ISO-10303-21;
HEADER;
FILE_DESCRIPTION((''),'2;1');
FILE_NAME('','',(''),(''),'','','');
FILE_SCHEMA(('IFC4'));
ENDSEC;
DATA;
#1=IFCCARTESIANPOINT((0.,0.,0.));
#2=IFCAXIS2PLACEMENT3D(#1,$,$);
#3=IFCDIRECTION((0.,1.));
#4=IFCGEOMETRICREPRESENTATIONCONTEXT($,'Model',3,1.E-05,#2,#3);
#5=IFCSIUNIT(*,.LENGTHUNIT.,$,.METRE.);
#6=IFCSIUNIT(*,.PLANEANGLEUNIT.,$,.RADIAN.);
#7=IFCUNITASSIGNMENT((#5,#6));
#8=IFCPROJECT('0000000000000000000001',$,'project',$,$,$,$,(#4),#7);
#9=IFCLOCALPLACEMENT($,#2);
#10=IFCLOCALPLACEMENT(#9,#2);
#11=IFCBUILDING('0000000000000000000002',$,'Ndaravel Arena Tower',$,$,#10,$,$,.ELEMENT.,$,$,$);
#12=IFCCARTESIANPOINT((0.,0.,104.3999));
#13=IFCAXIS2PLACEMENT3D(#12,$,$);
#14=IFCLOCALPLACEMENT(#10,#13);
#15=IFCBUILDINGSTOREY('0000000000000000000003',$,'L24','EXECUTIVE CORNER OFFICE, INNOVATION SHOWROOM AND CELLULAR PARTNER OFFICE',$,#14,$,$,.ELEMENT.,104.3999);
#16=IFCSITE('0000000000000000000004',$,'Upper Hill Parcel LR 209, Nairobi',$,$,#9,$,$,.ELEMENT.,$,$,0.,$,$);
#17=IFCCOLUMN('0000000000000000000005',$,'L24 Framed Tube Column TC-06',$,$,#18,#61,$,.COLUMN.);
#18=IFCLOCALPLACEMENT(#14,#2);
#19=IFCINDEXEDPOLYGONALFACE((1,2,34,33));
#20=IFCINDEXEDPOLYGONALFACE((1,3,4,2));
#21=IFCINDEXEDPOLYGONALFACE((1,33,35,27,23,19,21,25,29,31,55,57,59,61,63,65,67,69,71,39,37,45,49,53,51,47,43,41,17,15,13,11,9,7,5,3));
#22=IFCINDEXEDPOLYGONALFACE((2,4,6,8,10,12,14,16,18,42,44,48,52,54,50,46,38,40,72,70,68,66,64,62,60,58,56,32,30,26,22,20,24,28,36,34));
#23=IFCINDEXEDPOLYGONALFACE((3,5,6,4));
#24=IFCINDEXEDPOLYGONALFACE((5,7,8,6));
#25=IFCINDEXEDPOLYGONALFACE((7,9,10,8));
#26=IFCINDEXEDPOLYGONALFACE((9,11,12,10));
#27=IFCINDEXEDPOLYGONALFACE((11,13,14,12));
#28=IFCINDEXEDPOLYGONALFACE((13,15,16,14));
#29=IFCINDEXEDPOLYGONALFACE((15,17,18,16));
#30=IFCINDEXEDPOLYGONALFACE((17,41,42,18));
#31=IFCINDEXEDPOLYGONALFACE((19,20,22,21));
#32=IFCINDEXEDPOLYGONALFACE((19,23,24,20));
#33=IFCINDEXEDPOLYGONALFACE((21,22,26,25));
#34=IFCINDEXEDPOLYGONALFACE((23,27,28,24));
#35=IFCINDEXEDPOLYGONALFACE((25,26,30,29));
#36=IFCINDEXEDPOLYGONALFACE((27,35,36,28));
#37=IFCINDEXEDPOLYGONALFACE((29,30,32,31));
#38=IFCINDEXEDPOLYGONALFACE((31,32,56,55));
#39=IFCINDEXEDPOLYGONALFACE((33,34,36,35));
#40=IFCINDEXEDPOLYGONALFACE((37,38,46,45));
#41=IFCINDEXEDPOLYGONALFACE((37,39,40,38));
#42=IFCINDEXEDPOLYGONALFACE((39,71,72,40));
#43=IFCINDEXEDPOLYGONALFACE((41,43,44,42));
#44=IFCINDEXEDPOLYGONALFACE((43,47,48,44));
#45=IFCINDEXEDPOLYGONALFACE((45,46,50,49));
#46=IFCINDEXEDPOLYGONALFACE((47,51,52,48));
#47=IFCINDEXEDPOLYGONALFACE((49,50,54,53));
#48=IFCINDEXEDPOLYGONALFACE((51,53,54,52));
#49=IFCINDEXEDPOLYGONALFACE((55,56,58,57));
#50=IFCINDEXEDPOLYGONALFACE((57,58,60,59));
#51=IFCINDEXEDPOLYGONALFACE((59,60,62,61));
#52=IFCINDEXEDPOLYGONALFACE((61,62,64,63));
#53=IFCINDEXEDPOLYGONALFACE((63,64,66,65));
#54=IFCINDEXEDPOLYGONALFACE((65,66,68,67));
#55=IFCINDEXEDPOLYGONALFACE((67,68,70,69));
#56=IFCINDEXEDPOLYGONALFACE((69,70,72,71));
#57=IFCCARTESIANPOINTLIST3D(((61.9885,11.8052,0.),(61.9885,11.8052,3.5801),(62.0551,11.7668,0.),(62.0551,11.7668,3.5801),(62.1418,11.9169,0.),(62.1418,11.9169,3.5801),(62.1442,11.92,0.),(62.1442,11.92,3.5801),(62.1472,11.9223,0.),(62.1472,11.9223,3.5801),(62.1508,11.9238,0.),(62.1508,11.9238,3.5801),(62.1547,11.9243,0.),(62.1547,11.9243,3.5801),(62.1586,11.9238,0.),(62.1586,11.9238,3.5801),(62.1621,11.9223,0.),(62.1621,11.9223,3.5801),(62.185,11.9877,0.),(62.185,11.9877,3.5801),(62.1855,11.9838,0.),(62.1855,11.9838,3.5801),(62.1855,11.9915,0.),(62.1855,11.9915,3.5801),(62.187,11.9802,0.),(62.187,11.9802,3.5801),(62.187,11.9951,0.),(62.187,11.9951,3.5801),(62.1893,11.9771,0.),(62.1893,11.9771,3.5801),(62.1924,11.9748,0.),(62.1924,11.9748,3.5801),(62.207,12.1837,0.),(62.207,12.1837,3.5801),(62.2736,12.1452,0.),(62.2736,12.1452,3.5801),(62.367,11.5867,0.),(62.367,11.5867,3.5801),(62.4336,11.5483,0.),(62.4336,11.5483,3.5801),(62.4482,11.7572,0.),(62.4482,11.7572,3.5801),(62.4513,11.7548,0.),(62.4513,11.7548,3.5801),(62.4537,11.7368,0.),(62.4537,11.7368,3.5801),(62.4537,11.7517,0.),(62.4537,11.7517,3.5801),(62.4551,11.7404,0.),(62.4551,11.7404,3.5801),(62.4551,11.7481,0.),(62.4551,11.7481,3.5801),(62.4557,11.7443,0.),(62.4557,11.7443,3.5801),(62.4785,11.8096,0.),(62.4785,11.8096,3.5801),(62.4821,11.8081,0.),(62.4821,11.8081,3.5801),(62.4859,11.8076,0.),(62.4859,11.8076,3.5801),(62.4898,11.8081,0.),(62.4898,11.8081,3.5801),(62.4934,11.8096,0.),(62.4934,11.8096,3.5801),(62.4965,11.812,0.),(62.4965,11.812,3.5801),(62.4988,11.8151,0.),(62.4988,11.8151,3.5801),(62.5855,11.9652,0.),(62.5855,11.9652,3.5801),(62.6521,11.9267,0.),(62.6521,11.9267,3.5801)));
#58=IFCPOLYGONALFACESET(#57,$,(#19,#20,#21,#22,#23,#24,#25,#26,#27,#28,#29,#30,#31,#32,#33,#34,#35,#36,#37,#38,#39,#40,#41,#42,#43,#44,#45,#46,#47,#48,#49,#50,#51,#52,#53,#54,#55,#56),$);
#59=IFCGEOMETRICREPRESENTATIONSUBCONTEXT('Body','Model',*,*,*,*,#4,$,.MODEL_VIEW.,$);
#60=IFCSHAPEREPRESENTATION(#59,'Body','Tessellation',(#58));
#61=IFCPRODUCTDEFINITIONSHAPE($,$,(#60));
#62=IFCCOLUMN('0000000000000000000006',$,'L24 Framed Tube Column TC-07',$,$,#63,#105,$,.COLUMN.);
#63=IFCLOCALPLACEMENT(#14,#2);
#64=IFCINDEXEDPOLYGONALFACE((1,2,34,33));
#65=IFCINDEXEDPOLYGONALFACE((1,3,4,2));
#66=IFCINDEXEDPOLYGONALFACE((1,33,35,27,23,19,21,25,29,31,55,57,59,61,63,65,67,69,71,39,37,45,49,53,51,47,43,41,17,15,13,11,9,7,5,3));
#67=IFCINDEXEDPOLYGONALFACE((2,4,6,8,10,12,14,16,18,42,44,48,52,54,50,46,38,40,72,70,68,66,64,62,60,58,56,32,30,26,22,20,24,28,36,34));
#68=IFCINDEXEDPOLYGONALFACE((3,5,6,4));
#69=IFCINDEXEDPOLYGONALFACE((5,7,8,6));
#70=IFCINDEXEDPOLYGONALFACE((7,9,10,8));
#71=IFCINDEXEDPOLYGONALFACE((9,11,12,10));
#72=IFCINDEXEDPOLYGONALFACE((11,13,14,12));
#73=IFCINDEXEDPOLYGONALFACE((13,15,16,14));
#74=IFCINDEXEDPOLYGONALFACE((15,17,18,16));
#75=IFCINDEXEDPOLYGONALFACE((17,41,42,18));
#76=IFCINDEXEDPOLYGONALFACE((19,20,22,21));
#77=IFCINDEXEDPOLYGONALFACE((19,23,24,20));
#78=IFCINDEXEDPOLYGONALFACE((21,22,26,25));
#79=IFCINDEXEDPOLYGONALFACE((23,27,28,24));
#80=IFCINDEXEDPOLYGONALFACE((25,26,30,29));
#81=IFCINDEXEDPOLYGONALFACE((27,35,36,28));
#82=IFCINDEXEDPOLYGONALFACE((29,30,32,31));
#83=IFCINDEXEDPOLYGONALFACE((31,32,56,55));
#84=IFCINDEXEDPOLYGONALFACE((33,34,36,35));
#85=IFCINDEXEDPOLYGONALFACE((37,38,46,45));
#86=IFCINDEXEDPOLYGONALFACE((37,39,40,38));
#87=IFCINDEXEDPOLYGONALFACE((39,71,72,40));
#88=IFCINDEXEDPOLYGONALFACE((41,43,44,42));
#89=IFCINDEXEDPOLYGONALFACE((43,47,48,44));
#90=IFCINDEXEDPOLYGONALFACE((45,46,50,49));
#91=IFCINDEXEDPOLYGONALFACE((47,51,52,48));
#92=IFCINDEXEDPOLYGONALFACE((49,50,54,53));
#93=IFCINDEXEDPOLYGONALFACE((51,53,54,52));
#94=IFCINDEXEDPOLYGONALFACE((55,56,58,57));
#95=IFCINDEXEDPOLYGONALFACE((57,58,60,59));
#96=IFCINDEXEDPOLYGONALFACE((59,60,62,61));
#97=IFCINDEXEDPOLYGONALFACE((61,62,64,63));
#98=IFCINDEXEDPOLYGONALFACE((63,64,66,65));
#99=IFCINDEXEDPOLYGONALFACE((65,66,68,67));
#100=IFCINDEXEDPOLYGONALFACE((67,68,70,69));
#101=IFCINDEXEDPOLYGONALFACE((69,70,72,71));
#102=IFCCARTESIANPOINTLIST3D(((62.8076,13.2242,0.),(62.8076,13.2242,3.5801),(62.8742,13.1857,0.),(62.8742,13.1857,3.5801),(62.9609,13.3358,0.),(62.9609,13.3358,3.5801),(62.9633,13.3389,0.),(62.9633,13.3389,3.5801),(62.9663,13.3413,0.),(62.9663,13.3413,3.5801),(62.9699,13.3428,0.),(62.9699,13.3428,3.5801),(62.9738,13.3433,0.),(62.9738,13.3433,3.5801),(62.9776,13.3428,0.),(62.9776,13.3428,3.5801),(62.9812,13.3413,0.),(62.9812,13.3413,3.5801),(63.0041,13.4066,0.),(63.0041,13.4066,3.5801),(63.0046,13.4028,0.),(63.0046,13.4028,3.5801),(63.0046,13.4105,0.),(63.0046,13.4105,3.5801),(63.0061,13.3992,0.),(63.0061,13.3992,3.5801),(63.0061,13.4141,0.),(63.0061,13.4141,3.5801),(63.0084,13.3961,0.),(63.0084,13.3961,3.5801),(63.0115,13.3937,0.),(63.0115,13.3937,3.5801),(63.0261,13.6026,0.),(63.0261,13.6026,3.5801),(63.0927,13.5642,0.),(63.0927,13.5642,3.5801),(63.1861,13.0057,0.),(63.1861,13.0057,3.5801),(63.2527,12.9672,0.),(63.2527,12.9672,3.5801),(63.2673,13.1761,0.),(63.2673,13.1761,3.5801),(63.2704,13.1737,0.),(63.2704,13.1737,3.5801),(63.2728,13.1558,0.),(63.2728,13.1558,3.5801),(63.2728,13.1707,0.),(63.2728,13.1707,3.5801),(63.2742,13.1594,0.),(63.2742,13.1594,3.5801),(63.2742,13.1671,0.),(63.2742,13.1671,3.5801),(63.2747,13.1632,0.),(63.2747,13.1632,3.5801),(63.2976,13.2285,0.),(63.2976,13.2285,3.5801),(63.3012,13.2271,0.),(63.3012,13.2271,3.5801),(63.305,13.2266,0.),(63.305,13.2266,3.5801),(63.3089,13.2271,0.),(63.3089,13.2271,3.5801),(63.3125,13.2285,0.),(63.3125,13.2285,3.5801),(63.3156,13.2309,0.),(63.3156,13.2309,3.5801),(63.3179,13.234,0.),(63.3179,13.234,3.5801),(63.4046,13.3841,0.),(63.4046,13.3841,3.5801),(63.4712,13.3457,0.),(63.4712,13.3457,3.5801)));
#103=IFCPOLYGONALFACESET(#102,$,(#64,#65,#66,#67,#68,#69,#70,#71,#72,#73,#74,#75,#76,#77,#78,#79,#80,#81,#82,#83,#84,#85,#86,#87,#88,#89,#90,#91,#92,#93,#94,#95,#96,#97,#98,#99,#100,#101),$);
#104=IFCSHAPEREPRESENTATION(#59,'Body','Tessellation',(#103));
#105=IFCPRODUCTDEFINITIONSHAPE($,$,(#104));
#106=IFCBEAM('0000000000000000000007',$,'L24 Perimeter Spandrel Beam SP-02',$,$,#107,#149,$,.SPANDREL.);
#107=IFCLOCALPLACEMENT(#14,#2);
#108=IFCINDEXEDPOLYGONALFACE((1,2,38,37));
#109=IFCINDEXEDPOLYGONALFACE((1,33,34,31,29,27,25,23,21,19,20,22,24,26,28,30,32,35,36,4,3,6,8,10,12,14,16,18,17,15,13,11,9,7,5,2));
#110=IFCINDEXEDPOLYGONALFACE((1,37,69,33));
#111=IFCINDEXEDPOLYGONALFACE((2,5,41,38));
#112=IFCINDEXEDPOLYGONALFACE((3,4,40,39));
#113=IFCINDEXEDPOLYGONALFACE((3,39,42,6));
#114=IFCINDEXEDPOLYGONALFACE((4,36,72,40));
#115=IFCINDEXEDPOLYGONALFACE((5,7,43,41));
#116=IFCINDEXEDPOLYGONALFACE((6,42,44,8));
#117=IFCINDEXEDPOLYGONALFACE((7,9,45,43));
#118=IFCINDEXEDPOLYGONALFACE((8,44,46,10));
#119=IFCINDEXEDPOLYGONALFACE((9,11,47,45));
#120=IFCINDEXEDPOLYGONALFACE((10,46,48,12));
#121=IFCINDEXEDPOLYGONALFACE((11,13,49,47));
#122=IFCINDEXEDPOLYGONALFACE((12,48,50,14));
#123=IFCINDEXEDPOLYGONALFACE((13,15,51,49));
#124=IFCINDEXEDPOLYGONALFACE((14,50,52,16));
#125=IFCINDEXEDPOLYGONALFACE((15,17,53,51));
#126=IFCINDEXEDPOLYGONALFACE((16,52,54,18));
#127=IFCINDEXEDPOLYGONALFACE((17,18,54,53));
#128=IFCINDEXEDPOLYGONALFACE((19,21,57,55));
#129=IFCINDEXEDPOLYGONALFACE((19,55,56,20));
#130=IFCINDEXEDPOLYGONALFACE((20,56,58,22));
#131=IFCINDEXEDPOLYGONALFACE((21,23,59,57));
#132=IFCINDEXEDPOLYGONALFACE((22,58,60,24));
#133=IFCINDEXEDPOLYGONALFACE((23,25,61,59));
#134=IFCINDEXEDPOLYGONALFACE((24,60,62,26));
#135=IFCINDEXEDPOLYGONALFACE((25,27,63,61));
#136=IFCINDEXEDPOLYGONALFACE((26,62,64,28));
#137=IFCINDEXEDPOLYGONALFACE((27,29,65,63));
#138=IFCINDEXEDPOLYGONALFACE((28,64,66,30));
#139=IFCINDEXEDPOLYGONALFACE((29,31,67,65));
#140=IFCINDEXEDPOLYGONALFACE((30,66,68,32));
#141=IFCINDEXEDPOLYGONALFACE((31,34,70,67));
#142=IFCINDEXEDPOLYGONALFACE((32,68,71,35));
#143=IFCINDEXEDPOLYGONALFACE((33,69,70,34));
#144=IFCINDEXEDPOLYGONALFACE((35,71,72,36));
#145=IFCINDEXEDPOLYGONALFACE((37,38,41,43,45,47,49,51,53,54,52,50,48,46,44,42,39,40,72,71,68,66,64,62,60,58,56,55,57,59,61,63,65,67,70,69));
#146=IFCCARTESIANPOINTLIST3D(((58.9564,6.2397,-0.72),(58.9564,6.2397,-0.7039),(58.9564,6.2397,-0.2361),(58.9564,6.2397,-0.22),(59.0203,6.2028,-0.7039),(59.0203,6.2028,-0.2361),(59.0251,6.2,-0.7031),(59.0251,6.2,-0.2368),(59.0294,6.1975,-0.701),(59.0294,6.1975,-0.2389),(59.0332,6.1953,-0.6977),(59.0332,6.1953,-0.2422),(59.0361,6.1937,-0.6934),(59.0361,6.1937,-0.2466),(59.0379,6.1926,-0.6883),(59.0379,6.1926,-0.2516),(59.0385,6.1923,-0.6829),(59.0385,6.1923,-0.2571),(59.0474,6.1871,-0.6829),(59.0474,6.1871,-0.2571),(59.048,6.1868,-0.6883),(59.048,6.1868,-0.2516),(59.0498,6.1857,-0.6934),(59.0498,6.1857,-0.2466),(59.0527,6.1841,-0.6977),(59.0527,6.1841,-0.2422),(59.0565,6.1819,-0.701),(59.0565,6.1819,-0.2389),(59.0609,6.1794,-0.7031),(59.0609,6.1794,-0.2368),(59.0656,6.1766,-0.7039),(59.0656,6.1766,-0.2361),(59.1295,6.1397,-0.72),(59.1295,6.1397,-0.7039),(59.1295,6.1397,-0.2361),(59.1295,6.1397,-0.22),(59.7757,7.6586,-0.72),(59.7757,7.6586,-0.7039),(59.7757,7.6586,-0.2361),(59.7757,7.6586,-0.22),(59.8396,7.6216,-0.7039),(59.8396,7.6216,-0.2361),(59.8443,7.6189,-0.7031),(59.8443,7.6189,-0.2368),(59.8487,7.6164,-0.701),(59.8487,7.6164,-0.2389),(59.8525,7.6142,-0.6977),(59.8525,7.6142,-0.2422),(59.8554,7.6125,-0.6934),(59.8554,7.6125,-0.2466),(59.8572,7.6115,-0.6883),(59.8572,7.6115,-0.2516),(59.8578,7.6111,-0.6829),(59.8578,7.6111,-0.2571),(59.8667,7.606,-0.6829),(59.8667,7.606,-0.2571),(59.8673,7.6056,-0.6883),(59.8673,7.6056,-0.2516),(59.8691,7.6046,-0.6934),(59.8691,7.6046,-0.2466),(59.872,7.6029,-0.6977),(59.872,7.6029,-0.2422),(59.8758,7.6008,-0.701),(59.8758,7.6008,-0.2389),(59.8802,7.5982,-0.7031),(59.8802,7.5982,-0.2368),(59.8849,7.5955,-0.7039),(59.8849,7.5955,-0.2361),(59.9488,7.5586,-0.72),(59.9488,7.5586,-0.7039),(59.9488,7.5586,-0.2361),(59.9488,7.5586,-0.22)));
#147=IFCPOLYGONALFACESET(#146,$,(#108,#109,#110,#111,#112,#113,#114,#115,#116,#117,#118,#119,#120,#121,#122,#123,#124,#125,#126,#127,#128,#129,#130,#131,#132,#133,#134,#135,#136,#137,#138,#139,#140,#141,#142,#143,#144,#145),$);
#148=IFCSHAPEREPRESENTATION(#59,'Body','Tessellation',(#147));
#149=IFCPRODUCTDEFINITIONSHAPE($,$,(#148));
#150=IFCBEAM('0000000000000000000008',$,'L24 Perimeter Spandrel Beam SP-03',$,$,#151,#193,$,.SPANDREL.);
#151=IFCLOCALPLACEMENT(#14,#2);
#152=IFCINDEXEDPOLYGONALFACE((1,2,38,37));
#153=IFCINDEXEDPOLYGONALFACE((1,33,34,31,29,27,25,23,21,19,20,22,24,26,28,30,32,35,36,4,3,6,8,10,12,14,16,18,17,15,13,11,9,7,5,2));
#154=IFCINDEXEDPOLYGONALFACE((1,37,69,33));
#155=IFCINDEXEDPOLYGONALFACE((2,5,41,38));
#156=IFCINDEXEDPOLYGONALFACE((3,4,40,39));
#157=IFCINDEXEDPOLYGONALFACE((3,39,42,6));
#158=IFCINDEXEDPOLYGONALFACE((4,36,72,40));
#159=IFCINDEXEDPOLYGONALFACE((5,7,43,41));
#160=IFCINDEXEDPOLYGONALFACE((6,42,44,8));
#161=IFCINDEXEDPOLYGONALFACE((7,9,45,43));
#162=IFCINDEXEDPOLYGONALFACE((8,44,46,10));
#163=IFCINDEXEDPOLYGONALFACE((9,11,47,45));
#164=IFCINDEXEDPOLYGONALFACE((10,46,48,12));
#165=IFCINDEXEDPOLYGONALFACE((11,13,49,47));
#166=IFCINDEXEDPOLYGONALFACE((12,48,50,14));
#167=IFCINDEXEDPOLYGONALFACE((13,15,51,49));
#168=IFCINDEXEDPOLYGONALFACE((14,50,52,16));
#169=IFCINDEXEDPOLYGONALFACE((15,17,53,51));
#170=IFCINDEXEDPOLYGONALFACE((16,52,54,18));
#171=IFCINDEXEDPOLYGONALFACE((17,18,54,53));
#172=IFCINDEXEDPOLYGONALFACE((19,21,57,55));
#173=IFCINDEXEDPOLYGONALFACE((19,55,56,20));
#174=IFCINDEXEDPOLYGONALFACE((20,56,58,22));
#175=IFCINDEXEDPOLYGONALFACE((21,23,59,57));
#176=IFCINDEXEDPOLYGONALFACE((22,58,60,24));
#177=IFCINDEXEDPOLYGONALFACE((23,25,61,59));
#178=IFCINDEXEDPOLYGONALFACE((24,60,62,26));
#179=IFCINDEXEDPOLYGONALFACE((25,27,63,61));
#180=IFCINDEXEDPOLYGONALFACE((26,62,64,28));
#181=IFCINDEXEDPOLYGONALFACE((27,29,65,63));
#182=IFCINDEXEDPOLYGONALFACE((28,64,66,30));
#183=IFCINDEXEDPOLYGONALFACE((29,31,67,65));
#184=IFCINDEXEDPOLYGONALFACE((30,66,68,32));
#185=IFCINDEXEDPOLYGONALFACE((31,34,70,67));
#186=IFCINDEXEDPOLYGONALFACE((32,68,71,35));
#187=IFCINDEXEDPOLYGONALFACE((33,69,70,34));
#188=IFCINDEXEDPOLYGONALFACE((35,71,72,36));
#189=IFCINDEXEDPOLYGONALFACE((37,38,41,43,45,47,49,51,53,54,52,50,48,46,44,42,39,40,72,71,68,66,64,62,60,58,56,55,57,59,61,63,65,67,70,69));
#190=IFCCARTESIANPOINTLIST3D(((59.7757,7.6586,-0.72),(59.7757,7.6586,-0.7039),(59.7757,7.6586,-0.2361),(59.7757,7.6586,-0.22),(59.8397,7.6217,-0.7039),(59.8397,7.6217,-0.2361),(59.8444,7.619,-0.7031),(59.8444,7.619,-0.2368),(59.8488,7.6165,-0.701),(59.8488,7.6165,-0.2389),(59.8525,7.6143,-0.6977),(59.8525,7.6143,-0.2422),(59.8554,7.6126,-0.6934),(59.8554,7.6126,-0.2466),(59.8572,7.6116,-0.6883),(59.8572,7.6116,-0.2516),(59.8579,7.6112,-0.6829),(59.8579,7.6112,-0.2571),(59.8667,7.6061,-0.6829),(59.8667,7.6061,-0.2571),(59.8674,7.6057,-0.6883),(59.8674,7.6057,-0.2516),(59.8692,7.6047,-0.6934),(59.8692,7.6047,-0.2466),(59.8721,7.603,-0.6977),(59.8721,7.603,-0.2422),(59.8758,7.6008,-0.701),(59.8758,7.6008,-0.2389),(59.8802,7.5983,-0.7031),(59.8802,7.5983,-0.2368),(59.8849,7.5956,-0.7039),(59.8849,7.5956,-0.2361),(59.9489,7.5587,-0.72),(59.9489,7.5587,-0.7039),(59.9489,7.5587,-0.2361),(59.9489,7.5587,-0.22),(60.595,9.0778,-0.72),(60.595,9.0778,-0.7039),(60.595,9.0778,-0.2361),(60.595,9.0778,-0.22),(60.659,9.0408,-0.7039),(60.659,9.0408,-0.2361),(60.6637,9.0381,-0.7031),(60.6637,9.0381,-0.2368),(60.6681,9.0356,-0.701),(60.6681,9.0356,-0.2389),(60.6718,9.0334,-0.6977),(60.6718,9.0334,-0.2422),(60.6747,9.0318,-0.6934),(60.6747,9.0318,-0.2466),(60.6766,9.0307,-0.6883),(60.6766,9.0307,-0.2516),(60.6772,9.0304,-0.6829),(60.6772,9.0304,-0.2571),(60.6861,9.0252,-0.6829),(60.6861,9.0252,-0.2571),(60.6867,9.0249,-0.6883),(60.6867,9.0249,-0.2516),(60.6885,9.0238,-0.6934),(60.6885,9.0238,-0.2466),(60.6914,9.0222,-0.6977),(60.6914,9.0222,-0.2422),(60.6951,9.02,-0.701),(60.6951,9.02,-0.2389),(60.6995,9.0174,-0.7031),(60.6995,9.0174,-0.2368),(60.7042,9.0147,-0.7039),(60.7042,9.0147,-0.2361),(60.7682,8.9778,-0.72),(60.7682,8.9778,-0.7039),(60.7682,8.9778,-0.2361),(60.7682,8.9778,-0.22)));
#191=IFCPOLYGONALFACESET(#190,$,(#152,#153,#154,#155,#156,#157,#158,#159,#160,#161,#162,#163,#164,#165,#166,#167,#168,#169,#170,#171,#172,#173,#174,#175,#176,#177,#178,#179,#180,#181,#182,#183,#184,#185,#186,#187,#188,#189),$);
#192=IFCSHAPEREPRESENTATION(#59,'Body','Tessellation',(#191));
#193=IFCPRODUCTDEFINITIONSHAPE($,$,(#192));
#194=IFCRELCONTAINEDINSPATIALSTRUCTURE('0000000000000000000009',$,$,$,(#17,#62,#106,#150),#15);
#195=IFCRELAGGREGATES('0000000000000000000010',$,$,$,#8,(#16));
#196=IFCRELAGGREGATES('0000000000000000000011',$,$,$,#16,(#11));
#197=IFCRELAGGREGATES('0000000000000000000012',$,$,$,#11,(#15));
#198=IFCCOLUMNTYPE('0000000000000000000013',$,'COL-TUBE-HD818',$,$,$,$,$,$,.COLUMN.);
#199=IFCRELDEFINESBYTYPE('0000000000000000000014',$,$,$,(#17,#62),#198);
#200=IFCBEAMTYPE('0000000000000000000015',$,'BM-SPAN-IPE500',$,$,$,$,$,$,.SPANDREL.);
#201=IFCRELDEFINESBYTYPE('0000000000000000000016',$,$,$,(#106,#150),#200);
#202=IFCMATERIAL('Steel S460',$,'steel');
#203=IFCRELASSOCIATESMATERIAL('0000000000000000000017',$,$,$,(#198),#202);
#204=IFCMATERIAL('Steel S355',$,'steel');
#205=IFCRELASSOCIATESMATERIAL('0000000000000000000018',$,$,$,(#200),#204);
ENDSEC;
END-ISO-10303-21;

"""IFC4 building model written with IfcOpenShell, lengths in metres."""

from ifc_helpers import new_model, si_unit, direction, frame, origin, origin_2d, place, context, subcontext, project, spatial, i_section, extrude, material, material_profile, profile_set, type_object, element, save


model = new_model("IFC4")

# Units and contexts
model_context = context("Model", 3, precision=1e-05, world=origin(), true_north=direction((0.0, 1.0)))
body_context = subcontext(model_context, "Body", "Model", "MODEL_VIEW")
ifc_project = project(units=[si_unit("LENGTHUNIT", "METRE"), si_unit("PLANEANGLEUNIT", "RADIAN")], contexts=[model_context])

# Site, building, storey
site_placement = place(None, origin())
site = spatial("IfcSite", under=ifc_project, at=site_placement, Name="Upper Hill Parcel LR 209, Nairobi", CompositionType="ELEMENT", RefElevation=0.0)
building_placement = place(site_placement, origin())
building = spatial("IfcBuilding", under=site, at=building_placement, Name="Ndaravel Arena Tower", CompositionType="ELEMENT")
storey_placement = place(building_placement, frame((0.0, 0.0, 104.3999)))
storey = spatial("IfcBuildingStorey", under=building, at=storey_placement, Name="L24", Description="EXECUTIVE CORNER OFFICE, INNOVATION SHOWROOM AND CELLULAR PARTNER OFFICE", CompositionType="ELEMENT", Elevation=104.3999)

# Columns
ifc_material_1 = material(Name="Steel S460", Category="steel")
ifc_material_profile_1 = material_profile(ifc_material_1, i_section(OverallWidth=0.437, OverallDepth=0.5139, WebThickness=0.0605, FlangeThickness=0.0769, FilletRadius=0.0149, at=origin_2d()), Name="HD 400x818")
ifc_profile_set_1 = profile_set([ifc_material_profile_1], Name="Steel S460")
column_type = type_object("IfcColumnType", Name="COL-TUBE-HD818", PredefinedType="COLUMN", material=ifc_profile_set_1)
for number, where, z_axis, x_axis, name in (
    (1, (62.3203, 11.866, 0.0), (0.0, 0.0, 1.0), (0.5, 0.866025, 0.0), "L24 Framed Tube Column TC-06"),
    (2, (63.1394, 13.2849, 0.0), (0.0, 0.0, 1.0), (0.5, 0.866025, 0.0), "L24 Framed Tube Column TC-07"),
):
    element("IfcColumn", number, at=place(storey_placement, frame(where, z_axis=z_axis, x_axis=x_axis)), inside=storey, type_object=column_type, Name=name, PredefinedType="COLUMN", context=body_context, shape_type="SweptSolid", body=[
        extrude(i_section(OverallWidth=0.437, OverallDepth=0.5139, WebThickness=0.0605, FlangeThickness=0.0769, FilletRadius=0.0149, at=origin_2d()), origin(), (0.0, 0.0, 1.0), 3.5801),
    ])

# Beams
ifc_material_2 = material(Name="Steel S355", Category="steel")
ifc_material_profile_2 = material_profile(ifc_material_2, i_section(OverallWidth=0.2, OverallDepth=0.5, WebThickness=0.0103, FlangeThickness=0.0161, FilletRadius=0.021, at=origin_2d()), Name="IPE 500")
ifc_profile_set_2 = profile_set([ifc_material_profile_2], Name="Steel S355")
beam_type = type_object("IfcBeamType", Name="BM-SPAN-IPE500", PredefinedType="SPANDREL", material=ifc_profile_set_2)
beam_1_placement = place(storey_placement, frame((59.043, 6.1897, -0.47), z_axis=(0.500049, 0.865997, 0.0), x_axis=(-0.865997, 0.500049, 0.0)))
element("IfcBeam", 3, at=beam_1_placement, inside=storey, type_object=beam_type, Name="L24 Perimeter Spandrel Beam SP-02", PredefinedType="SPANDREL", context=body_context, shape_type="SweptSolid", body=[
    extrude(i_section(OverallWidth=0.2, OverallDepth=0.5, WebThickness=0.0103, FlangeThickness=0.0161, FilletRadius=0.021, at=origin_2d()), origin(), (0.0, 0.0, 1.0), 1.6384),
])
beam_2_placement = place(storey_placement, frame((59.8623, 7.6086, -0.47), z_axis=(0.499985, 0.866034, 0.0), x_axis=(-0.866034, 0.499985, 0.0)))
element("IfcBeam", 4, at=beam_2_placement, inside=storey, type_object=beam_type, Name="L24 Perimeter Spandrel Beam SP-03", PredefinedType="SPANDREL", context=body_context, shape_type="SweptSolid", body=[
    extrude(i_section(OverallWidth=0.2, OverallDepth=0.5, WebThickness=0.0103, FlangeThickness=0.0161, FilletRadius=0.021, at=origin_2d()), origin(), (0.0, 0.0, 1.0), 1.6387),
])

save(model, "model.ifc")
